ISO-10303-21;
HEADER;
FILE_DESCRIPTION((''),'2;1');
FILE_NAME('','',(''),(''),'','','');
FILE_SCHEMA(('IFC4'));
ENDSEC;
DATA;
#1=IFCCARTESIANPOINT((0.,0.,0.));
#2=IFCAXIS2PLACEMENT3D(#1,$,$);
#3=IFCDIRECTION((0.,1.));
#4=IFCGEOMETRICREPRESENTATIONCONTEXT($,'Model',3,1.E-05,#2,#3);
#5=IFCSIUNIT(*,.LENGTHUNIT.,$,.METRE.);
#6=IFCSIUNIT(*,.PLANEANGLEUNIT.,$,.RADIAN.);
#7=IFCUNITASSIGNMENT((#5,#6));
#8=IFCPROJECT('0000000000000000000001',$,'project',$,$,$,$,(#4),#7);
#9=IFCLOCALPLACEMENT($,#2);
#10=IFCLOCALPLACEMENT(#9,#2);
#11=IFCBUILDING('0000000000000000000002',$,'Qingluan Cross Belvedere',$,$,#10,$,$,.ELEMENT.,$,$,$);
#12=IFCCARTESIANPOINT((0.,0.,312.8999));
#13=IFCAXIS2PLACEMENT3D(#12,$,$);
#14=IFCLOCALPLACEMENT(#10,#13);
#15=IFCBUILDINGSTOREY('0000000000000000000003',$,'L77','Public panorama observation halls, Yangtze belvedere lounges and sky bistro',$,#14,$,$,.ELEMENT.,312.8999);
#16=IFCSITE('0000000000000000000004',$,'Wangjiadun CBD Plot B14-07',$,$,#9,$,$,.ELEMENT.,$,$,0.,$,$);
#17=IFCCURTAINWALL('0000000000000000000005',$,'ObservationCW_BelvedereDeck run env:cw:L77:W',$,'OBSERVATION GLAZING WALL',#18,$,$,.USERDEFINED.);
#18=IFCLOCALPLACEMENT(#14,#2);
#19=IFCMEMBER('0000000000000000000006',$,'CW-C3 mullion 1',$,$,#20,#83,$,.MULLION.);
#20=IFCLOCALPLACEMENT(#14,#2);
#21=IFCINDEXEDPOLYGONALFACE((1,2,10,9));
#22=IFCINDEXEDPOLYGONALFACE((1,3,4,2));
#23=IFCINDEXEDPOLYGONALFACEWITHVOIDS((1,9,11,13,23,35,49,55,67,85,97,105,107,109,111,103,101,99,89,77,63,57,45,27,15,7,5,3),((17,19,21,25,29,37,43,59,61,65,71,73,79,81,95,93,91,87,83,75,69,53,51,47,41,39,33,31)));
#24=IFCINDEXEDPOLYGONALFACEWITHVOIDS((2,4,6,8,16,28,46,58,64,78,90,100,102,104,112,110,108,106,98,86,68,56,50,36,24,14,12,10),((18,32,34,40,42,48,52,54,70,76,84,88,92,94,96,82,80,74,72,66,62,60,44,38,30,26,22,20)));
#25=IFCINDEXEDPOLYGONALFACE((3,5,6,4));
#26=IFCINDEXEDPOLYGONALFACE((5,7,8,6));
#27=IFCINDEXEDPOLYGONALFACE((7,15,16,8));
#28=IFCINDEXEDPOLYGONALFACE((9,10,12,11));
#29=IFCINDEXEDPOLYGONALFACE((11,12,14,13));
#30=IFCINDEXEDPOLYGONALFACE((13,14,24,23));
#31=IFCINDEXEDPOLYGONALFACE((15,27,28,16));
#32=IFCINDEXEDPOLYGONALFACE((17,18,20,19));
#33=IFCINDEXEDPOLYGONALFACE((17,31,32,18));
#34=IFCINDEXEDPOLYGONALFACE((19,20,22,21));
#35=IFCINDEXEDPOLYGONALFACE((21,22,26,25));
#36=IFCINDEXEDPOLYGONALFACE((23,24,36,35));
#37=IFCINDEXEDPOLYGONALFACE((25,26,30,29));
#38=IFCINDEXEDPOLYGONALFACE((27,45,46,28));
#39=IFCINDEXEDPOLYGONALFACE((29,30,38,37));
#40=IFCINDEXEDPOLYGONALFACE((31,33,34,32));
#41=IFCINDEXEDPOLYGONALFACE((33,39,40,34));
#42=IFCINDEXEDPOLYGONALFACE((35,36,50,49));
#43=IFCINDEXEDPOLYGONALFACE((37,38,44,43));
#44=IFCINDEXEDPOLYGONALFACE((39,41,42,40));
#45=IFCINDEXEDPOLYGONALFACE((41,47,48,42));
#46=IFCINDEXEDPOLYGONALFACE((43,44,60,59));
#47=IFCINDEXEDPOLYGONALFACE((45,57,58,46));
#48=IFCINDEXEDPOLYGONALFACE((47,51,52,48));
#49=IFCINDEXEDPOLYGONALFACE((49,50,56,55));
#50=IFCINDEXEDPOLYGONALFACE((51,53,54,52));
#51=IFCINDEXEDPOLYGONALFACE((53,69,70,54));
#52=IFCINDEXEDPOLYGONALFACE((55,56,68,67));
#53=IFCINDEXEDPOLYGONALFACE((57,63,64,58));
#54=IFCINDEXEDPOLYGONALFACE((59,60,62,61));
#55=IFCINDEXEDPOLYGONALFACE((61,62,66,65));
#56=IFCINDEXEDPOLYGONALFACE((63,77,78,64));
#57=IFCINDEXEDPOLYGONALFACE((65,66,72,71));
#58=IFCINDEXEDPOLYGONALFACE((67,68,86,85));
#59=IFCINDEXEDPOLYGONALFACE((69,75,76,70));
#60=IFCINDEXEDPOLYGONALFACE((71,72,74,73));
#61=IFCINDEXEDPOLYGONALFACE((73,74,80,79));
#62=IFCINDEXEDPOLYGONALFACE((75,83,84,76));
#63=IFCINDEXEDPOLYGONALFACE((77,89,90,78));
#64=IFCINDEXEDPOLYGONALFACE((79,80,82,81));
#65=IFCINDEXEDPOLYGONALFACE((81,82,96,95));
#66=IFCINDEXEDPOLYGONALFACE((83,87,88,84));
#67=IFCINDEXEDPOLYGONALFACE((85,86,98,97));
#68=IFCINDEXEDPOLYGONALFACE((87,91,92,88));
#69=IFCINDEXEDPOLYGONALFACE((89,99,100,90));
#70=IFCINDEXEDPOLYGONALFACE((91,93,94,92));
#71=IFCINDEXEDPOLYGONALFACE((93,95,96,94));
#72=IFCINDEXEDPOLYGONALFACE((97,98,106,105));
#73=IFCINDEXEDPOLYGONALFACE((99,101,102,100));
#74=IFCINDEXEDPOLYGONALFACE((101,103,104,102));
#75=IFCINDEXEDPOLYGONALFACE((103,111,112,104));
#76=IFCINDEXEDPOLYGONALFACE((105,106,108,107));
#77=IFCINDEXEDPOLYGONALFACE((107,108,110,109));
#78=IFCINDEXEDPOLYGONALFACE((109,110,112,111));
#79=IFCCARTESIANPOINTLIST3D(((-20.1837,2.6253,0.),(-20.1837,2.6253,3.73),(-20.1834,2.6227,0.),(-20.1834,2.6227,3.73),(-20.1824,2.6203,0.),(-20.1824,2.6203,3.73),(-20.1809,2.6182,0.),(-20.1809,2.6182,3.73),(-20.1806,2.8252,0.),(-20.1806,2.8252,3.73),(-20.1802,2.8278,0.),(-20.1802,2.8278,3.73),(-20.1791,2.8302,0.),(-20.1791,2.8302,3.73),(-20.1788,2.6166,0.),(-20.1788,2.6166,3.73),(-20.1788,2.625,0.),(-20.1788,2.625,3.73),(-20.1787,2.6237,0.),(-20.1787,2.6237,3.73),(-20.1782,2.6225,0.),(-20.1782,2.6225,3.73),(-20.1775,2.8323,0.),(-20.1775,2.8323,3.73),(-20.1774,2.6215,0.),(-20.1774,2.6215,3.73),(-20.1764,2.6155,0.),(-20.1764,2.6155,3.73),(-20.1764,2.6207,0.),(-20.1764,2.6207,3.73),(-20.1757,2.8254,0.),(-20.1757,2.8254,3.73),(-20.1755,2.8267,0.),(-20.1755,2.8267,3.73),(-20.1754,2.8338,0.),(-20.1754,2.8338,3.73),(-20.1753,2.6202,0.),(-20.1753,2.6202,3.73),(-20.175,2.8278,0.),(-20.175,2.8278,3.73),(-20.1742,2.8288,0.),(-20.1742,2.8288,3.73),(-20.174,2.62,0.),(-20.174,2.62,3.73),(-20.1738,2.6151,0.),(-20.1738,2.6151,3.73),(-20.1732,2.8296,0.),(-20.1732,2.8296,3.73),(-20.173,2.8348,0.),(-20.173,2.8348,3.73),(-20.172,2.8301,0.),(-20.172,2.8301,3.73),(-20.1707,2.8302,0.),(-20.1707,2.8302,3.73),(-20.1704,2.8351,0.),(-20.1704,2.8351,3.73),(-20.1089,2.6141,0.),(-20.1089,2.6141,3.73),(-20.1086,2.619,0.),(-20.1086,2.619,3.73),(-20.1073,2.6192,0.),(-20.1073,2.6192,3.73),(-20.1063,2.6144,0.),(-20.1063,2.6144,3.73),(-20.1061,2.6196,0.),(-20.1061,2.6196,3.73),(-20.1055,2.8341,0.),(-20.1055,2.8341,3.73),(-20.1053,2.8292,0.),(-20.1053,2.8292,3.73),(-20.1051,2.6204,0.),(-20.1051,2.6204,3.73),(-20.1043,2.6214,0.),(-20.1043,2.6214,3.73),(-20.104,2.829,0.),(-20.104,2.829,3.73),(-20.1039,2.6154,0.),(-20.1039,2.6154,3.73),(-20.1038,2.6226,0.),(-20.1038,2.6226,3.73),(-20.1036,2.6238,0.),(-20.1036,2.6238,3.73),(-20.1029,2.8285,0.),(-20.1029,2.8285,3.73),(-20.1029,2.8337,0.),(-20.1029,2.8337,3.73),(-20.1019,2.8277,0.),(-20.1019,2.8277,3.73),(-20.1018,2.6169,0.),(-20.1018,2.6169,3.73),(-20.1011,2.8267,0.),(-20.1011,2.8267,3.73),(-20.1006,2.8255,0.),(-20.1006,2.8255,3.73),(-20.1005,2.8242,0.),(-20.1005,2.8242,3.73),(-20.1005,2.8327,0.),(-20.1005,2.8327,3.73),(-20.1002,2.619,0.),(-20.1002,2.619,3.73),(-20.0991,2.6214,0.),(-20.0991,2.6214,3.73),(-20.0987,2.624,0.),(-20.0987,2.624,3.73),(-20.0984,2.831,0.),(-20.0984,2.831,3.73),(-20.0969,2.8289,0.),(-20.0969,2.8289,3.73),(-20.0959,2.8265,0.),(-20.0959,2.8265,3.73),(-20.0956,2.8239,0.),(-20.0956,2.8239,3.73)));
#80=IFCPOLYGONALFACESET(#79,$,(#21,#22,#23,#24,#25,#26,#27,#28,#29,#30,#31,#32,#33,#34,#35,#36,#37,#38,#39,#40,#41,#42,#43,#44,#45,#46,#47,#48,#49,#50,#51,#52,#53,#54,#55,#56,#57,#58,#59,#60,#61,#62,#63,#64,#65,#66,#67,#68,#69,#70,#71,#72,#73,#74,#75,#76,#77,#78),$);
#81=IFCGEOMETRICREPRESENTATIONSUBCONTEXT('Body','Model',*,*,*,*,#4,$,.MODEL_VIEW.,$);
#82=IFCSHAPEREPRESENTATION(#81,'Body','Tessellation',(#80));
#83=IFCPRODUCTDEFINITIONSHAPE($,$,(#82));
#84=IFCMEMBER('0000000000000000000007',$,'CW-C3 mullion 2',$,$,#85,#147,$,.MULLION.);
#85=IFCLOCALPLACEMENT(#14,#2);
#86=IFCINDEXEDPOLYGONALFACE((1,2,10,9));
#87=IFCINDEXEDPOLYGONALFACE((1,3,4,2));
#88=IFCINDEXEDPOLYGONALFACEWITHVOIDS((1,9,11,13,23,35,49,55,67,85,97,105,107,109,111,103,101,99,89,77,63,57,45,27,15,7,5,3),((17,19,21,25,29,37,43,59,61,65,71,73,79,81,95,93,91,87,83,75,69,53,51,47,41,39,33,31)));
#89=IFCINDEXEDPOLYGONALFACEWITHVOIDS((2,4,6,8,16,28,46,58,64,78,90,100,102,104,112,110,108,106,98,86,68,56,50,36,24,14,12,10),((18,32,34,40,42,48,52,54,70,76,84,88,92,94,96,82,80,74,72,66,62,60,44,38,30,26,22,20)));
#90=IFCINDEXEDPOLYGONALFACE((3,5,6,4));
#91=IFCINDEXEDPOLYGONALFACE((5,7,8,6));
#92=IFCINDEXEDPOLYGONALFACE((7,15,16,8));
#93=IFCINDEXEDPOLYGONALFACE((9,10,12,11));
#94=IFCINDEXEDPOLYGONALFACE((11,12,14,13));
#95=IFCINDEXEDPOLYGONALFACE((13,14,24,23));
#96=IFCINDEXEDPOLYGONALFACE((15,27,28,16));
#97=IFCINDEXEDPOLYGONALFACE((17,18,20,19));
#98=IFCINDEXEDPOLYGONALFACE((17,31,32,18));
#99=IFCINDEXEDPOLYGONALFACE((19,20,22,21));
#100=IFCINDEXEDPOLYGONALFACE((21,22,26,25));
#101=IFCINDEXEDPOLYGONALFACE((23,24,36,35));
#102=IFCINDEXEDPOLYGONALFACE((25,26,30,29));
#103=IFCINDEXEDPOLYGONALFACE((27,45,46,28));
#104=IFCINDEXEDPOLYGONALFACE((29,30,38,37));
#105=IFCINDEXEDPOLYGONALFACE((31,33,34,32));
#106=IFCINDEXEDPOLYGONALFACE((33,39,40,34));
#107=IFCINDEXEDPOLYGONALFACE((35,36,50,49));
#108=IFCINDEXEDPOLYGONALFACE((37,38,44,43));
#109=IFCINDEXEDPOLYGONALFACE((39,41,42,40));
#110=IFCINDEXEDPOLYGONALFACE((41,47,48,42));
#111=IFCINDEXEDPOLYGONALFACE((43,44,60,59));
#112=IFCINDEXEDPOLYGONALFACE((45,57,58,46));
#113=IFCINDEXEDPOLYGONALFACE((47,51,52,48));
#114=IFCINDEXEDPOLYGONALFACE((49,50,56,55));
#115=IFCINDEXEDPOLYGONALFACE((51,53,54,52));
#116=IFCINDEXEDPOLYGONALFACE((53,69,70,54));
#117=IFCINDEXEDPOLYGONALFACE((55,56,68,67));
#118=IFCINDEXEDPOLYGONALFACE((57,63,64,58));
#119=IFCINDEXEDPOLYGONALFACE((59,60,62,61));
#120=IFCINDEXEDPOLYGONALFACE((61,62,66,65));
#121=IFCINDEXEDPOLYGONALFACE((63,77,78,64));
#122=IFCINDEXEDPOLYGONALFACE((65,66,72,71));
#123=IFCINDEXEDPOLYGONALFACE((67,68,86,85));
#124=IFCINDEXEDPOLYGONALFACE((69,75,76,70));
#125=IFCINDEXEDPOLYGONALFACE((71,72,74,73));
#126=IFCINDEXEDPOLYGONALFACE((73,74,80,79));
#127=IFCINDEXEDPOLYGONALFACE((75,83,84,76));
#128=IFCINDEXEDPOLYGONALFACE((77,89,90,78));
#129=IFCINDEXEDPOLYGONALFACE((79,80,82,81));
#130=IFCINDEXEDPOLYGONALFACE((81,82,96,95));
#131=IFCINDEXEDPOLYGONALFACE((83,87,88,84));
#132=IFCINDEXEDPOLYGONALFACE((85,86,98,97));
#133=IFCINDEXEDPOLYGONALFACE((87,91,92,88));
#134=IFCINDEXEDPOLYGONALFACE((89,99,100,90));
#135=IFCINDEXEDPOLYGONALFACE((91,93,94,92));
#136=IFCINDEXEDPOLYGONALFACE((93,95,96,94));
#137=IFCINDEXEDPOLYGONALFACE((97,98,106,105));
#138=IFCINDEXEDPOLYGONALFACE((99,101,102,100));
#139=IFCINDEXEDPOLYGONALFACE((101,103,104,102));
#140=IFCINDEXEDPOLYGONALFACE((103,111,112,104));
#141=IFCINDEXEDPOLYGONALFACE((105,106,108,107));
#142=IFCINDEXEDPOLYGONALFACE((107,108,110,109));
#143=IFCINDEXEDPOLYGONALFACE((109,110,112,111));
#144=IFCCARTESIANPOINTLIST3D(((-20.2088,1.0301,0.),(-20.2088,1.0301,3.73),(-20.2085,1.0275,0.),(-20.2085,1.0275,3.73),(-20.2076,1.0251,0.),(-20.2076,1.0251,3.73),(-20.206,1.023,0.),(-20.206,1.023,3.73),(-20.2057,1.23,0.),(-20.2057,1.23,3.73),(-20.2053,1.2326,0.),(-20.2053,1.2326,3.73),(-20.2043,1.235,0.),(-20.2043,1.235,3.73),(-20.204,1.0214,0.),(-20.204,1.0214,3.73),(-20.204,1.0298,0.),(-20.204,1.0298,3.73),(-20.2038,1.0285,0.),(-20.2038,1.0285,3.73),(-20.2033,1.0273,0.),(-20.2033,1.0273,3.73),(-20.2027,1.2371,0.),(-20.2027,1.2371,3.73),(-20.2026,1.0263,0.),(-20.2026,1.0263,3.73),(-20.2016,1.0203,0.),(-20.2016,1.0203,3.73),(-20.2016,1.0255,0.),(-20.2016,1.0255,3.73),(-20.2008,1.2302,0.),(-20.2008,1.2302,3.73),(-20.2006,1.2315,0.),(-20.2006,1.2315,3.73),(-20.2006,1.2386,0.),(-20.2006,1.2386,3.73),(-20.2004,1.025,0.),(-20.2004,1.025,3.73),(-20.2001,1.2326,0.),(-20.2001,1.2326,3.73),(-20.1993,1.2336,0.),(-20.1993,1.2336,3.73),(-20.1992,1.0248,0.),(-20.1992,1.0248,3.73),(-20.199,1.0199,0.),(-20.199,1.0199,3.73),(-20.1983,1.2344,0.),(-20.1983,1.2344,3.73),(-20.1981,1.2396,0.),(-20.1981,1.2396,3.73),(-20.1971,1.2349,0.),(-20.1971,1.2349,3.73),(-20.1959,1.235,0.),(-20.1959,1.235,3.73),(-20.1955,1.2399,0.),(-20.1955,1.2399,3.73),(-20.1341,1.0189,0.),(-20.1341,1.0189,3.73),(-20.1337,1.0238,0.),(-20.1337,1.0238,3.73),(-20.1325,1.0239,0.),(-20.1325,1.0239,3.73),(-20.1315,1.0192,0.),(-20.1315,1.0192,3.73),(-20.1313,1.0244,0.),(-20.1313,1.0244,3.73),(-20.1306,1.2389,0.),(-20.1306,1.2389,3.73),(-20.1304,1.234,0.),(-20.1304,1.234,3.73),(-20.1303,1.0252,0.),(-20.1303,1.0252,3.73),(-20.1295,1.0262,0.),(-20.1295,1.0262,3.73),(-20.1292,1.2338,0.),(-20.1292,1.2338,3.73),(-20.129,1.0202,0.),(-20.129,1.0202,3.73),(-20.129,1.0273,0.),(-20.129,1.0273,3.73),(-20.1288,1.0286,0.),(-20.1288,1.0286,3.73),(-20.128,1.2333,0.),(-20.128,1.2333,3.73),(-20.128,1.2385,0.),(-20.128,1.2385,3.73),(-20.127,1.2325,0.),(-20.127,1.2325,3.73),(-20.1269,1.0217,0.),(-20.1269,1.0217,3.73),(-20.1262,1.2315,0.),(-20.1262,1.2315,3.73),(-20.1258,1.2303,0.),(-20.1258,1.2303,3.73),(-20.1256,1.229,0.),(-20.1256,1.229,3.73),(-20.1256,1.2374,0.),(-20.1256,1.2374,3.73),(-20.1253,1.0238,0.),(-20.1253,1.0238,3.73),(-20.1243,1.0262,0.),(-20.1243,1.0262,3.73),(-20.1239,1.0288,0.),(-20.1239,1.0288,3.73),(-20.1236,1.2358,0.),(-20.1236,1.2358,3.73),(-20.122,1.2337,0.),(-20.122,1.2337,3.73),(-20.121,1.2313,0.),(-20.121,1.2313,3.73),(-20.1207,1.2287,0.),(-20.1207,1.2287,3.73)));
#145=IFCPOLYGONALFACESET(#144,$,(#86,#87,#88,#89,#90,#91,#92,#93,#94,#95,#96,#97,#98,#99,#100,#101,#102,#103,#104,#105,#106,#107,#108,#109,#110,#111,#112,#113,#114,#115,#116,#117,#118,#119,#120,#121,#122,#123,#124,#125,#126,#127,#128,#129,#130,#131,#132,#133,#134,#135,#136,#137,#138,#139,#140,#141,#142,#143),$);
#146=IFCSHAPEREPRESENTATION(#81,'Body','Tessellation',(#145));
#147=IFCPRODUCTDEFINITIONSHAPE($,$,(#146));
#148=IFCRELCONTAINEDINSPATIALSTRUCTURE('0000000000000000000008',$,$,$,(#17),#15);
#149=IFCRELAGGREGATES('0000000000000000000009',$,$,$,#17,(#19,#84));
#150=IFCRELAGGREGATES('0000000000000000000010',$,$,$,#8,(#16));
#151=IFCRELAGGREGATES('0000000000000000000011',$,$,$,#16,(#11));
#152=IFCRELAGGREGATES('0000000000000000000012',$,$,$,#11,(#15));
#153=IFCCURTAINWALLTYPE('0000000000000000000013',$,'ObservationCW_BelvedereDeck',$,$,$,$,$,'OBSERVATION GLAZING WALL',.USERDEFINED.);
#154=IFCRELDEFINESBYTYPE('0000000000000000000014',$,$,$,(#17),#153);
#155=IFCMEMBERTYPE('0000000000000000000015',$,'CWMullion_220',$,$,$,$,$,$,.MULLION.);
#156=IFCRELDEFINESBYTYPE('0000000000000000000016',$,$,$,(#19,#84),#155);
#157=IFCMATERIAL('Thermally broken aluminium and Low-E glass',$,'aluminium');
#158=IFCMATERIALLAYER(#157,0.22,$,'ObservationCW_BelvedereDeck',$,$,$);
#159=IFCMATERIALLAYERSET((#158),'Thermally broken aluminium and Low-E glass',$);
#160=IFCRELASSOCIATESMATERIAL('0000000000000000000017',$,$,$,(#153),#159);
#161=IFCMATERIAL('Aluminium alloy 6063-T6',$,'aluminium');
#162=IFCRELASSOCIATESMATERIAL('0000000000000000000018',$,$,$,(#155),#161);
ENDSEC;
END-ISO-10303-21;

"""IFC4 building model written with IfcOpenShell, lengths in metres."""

from ifc_helpers import new_model, si_unit, direction, frame, origin, origin_2d, place, context, subcontext, project, spatial, hollow_rectangle, extrude, material, layer, layer_set, material_profile, profile_set, type_object, element, aggregate, save


model = new_model("IFC4")

# Units and contexts
model_context = context("Model", 3, precision=1e-05, world=origin(), true_north=direction((0.0, 1.0)))
body_context = subcontext(model_context, "Body", "Model", "MODEL_VIEW")
ifc_project = project(units=[si_unit("LENGTHUNIT", "METRE"), si_unit("PLANEANGLEUNIT", "RADIAN")], contexts=[model_context])

# Site, building, storey
site_placement = place(None, origin())
site = spatial("IfcSite", under=ifc_project, at=site_placement, Name="Wangjiadun CBD Plot B14-07", CompositionType="ELEMENT", RefElevation=0.0)
building_placement = place(site_placement, origin())
building = spatial("IfcBuilding", under=site, at=building_placement, Name="Qingluan Cross Belvedere", CompositionType="ELEMENT")
storey_placement = place(building_placement, frame((0.0, 0.0, 312.8999)))
storey = spatial("IfcBuildingStorey", under=building, at=storey_placement, Name="L77", Description="Public panorama observation halls, Yangtze belvedere lounges and sky bistro", CompositionType="ELEMENT", Elevation=312.8999)

# Curtain wall, members
ifc_material_1 = material(Name="Thermally broken aluminium and Low-E glass", Category="aluminium")
ifc_layer_1 = layer(ifc_material_1, 0.22, Name="ObservationCW_BelvedereDeck")
ifc_layer_set_1 = layer_set([ifc_layer_1], Name="Thermally broken aluminium and Low-E glass")
curtain_wall_type = type_object("IfcCurtainWallType", Name="ObservationCW_BelvedereDeck", ElementType="OBSERVATION GLAZING WALL", PredefinedType="USERDEFINED", material=ifc_layer_set_1)
curtain_wall_placement = place(storey_placement, origin())
curtain_wall = element("IfcCurtainWall", 1, at=curtain_wall_placement, inside=storey, type_object=curtain_wall_type, Name="ObservationCW_BelvedereDeck run env:cw:L77:W", ObjectType="OBSERVATION GLAZING WALL", PredefinedType="USERDEFINED")
ifc_material_2 = material(Name="Aluminium alloy 6063-T6", Category="aluminium")
ifc_material_profile_1 = material_profile(ifc_material_2, hollow_rectangle(XDim=0.085, YDim=0.22, WallThickness=0.0049, InnerFilletRadius=0.0049, OuterFilletRadius=0.01, at=origin_2d()), Name="CWM220x85x5")
ifc_profile_set_1 = profile_set([ifc_material_profile_1], Name="Aluminium alloy 6063-T6")
member_type_1 = type_object("IfcMemberType", Name="CWMullion_220", PredefinedType="MULLION", material=ifc_profile_set_1)
member_1_placement = place(storey_placement, frame((-20.1396, 2.7246, 0.0), z_axis=(0.0, 0.0, 1.0), x_axis=(0.999877, -0.01571, 0.0)))
member_1 = element("IfcMember", 2, at=member_1_placement, type_object=member_type_1, Name="CW-C3 mullion 1", PredefinedType="MULLION", context=body_context, shape_type="SweptSolid", body=[
    extrude(hollow_rectangle(XDim=0.085, YDim=0.22, WallThickness=0.0049, InnerFilletRadius=0.0049, OuterFilletRadius=0.01, at=origin_2d()), origin(), (0.0, 0.0, 1.0), 3.73),
])
member_2_placement = place(storey_placement, frame((-20.1648, 1.1294, 0.0), z_axis=(0.0, 0.0, 1.0), x_axis=(0.999877, -0.01571, 0.0)))
member_2 = element("IfcMember", 3, at=member_2_placement, type_object=member_type_1, Name="CW-C3 mullion 2", PredefinedType="MULLION", context=body_context, shape_type="SweptSolid", body=[
    extrude(hollow_rectangle(XDim=0.085, YDim=0.22, WallThickness=0.0049, InnerFilletRadius=0.0049, OuterFilletRadius=0.01, at=origin_2d()), origin(), (0.0, 0.0, 1.0), 3.73),
])
aggregate(curtain_wall, [member_1, member_2])

save(model, "model.ifc")
